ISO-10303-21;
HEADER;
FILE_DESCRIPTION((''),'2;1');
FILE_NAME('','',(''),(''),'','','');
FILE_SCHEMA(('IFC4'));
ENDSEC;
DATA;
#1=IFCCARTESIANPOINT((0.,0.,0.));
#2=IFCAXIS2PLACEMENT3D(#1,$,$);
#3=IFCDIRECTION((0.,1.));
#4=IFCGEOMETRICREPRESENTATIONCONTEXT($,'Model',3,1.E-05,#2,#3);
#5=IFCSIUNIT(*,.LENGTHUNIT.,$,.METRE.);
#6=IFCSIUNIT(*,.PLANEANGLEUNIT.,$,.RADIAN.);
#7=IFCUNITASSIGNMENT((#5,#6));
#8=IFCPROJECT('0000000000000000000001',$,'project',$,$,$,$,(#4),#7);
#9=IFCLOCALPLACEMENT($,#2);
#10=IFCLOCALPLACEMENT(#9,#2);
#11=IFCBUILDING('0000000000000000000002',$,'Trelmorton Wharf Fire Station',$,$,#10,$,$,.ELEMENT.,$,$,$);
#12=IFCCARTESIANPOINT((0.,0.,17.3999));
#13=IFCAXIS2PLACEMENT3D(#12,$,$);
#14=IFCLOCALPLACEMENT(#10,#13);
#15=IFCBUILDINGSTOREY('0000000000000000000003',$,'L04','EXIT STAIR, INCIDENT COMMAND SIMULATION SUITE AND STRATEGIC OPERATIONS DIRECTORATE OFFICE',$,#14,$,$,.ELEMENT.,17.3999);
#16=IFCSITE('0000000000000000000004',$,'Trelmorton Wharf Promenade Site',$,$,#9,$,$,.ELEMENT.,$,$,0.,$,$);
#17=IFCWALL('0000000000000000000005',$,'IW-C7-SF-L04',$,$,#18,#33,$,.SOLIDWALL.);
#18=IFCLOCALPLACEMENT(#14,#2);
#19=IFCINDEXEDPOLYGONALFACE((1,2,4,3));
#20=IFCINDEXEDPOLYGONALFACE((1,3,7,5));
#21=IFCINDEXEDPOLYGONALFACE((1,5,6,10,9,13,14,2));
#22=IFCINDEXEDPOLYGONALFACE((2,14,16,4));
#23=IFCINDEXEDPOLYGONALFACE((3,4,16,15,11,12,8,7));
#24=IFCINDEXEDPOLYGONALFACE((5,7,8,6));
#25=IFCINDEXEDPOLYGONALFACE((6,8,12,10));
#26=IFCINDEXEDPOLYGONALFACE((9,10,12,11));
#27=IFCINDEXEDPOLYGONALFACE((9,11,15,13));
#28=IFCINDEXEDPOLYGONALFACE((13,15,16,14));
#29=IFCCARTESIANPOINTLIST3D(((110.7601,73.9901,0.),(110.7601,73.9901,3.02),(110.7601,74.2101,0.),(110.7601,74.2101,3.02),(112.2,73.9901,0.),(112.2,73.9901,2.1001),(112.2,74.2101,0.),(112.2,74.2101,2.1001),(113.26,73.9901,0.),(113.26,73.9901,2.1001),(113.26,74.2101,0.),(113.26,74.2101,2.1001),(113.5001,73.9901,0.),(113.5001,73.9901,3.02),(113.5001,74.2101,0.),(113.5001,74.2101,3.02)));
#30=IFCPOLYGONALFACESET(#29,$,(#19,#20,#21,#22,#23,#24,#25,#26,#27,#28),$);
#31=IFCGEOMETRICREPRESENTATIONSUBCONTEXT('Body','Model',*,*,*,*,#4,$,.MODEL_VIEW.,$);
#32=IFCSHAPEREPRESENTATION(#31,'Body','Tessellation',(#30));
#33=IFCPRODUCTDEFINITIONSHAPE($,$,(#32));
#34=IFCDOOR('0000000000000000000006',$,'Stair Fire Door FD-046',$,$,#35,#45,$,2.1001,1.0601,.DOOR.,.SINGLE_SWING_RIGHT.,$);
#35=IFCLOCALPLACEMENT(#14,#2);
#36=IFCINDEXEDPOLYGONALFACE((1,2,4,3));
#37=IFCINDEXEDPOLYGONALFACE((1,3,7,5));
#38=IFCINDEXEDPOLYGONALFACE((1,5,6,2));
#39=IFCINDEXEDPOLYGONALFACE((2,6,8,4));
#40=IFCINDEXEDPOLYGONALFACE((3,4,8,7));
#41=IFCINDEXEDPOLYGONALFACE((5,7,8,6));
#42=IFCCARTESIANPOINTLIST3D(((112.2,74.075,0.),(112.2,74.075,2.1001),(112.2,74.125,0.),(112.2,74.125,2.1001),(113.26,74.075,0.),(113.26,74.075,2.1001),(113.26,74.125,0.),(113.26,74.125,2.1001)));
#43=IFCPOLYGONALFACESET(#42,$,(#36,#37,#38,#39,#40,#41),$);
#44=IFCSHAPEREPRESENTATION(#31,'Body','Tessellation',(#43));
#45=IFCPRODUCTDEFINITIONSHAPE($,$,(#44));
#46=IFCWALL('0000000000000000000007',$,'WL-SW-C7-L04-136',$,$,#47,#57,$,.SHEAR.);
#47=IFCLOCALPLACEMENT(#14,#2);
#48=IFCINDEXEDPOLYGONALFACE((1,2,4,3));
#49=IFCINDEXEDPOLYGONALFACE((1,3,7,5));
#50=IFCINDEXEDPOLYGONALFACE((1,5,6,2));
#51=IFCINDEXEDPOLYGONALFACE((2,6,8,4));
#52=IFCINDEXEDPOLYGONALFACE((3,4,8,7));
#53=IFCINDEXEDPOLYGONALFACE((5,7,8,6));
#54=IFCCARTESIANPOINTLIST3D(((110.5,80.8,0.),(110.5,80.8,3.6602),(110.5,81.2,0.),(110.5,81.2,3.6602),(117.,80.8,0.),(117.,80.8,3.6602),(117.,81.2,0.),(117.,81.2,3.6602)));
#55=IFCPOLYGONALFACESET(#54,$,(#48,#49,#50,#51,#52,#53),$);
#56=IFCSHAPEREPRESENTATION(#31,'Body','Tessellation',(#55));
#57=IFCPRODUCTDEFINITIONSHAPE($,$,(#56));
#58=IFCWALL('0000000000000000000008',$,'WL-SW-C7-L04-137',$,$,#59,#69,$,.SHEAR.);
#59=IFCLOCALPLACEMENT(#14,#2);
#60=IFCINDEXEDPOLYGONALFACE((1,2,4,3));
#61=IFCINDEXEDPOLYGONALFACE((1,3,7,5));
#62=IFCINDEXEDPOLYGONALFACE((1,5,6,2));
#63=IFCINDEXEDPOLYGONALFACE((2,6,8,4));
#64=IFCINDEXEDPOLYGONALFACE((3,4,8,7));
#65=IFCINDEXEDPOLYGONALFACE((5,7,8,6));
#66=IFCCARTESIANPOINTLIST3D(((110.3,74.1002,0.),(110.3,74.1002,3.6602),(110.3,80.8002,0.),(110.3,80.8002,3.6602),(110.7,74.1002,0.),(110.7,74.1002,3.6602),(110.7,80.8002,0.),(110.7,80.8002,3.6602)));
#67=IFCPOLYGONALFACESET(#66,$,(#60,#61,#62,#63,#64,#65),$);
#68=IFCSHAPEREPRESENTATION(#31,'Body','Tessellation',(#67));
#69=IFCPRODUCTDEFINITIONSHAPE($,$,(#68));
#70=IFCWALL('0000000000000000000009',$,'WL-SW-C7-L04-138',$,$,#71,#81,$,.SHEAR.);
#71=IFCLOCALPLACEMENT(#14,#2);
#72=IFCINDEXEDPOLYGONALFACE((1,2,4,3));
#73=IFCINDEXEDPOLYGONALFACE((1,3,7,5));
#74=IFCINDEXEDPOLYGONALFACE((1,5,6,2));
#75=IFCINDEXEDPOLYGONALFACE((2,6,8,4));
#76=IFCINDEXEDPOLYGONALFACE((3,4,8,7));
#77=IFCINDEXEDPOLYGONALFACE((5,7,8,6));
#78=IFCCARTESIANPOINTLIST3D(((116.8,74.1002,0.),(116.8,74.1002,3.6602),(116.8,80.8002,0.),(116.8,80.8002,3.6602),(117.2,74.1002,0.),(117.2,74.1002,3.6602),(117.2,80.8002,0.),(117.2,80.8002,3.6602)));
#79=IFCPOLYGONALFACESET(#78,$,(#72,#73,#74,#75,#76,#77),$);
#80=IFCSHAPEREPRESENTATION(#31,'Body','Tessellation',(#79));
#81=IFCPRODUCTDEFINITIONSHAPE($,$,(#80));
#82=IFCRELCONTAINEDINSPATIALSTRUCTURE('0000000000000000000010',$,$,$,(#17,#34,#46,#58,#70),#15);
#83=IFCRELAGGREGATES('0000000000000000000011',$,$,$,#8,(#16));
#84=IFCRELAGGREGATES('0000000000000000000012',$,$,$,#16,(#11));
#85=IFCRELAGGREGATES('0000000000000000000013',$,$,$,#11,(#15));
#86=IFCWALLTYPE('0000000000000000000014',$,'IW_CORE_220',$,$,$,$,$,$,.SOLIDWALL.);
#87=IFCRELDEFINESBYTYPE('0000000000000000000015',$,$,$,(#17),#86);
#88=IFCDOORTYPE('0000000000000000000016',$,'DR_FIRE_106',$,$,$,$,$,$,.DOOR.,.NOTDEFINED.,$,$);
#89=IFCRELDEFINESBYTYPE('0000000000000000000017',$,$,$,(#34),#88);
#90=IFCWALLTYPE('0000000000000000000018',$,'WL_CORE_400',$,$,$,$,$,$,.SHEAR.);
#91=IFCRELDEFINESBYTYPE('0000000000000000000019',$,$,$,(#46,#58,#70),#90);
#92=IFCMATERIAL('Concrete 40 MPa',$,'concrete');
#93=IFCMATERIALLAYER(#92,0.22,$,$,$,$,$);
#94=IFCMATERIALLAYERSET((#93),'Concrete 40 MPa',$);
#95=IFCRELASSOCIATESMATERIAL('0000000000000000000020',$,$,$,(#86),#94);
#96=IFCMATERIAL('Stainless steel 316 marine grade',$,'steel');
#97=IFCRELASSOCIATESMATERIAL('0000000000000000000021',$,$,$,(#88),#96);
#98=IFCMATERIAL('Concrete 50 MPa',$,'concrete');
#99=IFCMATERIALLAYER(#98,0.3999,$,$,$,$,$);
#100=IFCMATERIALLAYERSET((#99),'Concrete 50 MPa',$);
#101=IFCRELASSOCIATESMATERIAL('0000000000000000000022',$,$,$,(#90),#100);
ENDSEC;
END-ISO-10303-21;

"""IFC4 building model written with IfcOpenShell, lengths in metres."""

from ifc_helpers import new_model, si_unit, direction, frame, frame_2d, origin, place, context, subcontext, project, spatial, rectangle, extrude, material, layer, layer_set, type_object, element, fill, save


model = new_model("IFC4")

# Units and contexts
model_context = context("Model", 3, precision=1e-05, world=origin(), true_north=direction((0.0, 1.0)))
body_context = subcontext(model_context, "Body", "Model", "MODEL_VIEW")
ifc_project = project(units=[si_unit("LENGTHUNIT", "METRE"), si_unit("PLANEANGLEUNIT", "RADIAN")], contexts=[model_context])

# Site, building, storey
site_placement = place(None, origin())
site = spatial("IfcSite", under=ifc_project, at=site_placement, Name="Trelmorton Wharf Promenade Site", CompositionType="ELEMENT", RefElevation=0.0)
building_placement = place(site_placement, origin())
building = spatial("IfcBuilding", under=site, at=building_placement, Name="Trelmorton Wharf Fire Station", CompositionType="ELEMENT")
storey_placement = place(building_placement, frame((0.0, 0.0, 17.3999)))
storey = spatial("IfcBuildingStorey", under=building, at=storey_placement, Name="L04", Description="EXIT STAIR, INCIDENT COMMAND SIMULATION SUITE AND STRATEGIC OPERATIONS DIRECTORATE OFFICE", CompositionType="ELEMENT", Elevation=17.3999)

# Shared definitions
ifc_material_1 = material(Name="Concrete 40 MPa", Category="concrete")
ifc_layer_1 = layer(ifc_material_1, 0.22)
ifc_layer_set_1 = layer_set([ifc_layer_1], Name="Concrete 40 MPa")
wall_type_1 = type_object("IfcWallType", Name="IW_CORE_220", PredefinedType="SOLIDWALL", material=ifc_layer_set_1)

# Wall, opening, door
wall_1_placement = place(storey_placement, frame((110.76, 74.1001, 0.0), z_axis=(0.0, 0.0, 1.0), x_axis=(1.0, 0.0, 0.0)))
wall_1 = element("IfcWall", 1, at=wall_1_placement, inside=storey, type_object=wall_type_1, Name="IW-C7-SF-L04", PredefinedType="SOLIDWALL", context=body_context, shape_type="SweptSolid", body=[
    extrude(rectangle(XDim=2.74, YDim=0.22, at=frame_2d((1.3701, 0.0))), origin(), (0.0, 0.0, 1.0), 3.02),
])
opening_1_placement = place(wall_1_placement, frame((1.4399, 0.0, 0.0)))
opening_1 = element("IfcOpeningElement", 2, at=opening_1_placement, cuts=wall_1, PredefinedType="OPENING", context=body_context, shape_type="SweptSolid", body=[
    extrude(rectangle(XDim=1.0601, YDim=2.1001, at=frame_2d((0.53, 1.05))), frame((0.0, 0.1201, 0.0), z_axis=(0.0, -1.0, 0.0), x_axis=(1.0, 0.0, 0.0)), (0.0, 0.0, 1.0), 0.24),
])
ifc_material_2 = material(Name="Stainless steel 316 marine grade", Category="steel")
door_type_1 = type_object("IfcDoorType", Name="DR_FIRE_106", OperationType="NOTDEFINED", PredefinedType="DOOR", material=ifc_material_2)
door_1_placement = place(opening_1_placement, origin())
door_1 = element("IfcDoor", 3, at=door_1_placement, inside=storey, type_object=door_type_1, Name="Stair Fire Door FD-046", OperationType="SINGLE_SWING_RIGHT", OverallHeight=2.1001, OverallWidth=1.0601, PredefinedType="DOOR", context=body_context, shape_type="SweptSolid", body=[
    extrude(rectangle(XDim=1.0601, YDim=2.1001, at=frame_2d((0.53, 1.05))), frame((0.0, 0.0249, 0.0), z_axis=(0.0, -1.0, 0.0), x_axis=(1.0, 0.0, 0.0)), (0.0, 0.0, 1.0), 0.05),
])
fill(opening_1, door_1)

# Walls
ifc_material_3 = material(Name="Concrete 50 MPa", Category="concrete")
ifc_layer_2 = layer(ifc_material_3, 0.3999)
ifc_layer_set_2 = layer_set([ifc_layer_2], Name="Concrete 50 MPa")
wall_type_2 = type_object("IfcWallType", Name="WL_CORE_400", PredefinedType="SHEAR", material=ifc_layer_set_2)
wall_2_placement = place(storey_placement, frame((110.5, 81.0, 0.0), z_axis=(0.0, 0.0, 1.0), x_axis=(1.0, 0.0, 0.0)))
element("IfcWall", 4, at=wall_2_placement, inside=storey, type_object=wall_type_2, Name="WL-SW-C7-L04-136", PredefinedType="SHEAR", context=body_context, shape_type="SweptSolid", body=[
    extrude(rectangle(XDim=6.5, YDim=0.3999, at=frame_2d((3.25, 0.0))), origin(), (0.0, 0.0, 1.0), 3.6602),
])
for number, where, z_axis, x_axis, name in (
    (5, (110.5, 74.1001, 0.0), (0.0, 0.0, 1.0), (0.0, 1.0, 0.0), "WL-SW-C7-L04-137"),
    (6, (117.0, 74.1001, 0.0), (0.0, 0.0, 1.0), (0.0, 1.0, 0.0), "WL-SW-C7-L04-138"),
):
    element("IfcWall", number, at=place(storey_placement, frame(where, z_axis=z_axis, x_axis=x_axis)), inside=storey, type_object=wall_type_2, Name=name, PredefinedType="SHEAR", context=body_context, shape_type="SweptSolid", body=[
        extrude(rectangle(XDim=6.7, YDim=0.3999, at=frame_2d((3.3501, 0.0))), origin(), (0.0, 0.0, 1.0), 3.6602),
    ])

save(model, "model.ifc")
